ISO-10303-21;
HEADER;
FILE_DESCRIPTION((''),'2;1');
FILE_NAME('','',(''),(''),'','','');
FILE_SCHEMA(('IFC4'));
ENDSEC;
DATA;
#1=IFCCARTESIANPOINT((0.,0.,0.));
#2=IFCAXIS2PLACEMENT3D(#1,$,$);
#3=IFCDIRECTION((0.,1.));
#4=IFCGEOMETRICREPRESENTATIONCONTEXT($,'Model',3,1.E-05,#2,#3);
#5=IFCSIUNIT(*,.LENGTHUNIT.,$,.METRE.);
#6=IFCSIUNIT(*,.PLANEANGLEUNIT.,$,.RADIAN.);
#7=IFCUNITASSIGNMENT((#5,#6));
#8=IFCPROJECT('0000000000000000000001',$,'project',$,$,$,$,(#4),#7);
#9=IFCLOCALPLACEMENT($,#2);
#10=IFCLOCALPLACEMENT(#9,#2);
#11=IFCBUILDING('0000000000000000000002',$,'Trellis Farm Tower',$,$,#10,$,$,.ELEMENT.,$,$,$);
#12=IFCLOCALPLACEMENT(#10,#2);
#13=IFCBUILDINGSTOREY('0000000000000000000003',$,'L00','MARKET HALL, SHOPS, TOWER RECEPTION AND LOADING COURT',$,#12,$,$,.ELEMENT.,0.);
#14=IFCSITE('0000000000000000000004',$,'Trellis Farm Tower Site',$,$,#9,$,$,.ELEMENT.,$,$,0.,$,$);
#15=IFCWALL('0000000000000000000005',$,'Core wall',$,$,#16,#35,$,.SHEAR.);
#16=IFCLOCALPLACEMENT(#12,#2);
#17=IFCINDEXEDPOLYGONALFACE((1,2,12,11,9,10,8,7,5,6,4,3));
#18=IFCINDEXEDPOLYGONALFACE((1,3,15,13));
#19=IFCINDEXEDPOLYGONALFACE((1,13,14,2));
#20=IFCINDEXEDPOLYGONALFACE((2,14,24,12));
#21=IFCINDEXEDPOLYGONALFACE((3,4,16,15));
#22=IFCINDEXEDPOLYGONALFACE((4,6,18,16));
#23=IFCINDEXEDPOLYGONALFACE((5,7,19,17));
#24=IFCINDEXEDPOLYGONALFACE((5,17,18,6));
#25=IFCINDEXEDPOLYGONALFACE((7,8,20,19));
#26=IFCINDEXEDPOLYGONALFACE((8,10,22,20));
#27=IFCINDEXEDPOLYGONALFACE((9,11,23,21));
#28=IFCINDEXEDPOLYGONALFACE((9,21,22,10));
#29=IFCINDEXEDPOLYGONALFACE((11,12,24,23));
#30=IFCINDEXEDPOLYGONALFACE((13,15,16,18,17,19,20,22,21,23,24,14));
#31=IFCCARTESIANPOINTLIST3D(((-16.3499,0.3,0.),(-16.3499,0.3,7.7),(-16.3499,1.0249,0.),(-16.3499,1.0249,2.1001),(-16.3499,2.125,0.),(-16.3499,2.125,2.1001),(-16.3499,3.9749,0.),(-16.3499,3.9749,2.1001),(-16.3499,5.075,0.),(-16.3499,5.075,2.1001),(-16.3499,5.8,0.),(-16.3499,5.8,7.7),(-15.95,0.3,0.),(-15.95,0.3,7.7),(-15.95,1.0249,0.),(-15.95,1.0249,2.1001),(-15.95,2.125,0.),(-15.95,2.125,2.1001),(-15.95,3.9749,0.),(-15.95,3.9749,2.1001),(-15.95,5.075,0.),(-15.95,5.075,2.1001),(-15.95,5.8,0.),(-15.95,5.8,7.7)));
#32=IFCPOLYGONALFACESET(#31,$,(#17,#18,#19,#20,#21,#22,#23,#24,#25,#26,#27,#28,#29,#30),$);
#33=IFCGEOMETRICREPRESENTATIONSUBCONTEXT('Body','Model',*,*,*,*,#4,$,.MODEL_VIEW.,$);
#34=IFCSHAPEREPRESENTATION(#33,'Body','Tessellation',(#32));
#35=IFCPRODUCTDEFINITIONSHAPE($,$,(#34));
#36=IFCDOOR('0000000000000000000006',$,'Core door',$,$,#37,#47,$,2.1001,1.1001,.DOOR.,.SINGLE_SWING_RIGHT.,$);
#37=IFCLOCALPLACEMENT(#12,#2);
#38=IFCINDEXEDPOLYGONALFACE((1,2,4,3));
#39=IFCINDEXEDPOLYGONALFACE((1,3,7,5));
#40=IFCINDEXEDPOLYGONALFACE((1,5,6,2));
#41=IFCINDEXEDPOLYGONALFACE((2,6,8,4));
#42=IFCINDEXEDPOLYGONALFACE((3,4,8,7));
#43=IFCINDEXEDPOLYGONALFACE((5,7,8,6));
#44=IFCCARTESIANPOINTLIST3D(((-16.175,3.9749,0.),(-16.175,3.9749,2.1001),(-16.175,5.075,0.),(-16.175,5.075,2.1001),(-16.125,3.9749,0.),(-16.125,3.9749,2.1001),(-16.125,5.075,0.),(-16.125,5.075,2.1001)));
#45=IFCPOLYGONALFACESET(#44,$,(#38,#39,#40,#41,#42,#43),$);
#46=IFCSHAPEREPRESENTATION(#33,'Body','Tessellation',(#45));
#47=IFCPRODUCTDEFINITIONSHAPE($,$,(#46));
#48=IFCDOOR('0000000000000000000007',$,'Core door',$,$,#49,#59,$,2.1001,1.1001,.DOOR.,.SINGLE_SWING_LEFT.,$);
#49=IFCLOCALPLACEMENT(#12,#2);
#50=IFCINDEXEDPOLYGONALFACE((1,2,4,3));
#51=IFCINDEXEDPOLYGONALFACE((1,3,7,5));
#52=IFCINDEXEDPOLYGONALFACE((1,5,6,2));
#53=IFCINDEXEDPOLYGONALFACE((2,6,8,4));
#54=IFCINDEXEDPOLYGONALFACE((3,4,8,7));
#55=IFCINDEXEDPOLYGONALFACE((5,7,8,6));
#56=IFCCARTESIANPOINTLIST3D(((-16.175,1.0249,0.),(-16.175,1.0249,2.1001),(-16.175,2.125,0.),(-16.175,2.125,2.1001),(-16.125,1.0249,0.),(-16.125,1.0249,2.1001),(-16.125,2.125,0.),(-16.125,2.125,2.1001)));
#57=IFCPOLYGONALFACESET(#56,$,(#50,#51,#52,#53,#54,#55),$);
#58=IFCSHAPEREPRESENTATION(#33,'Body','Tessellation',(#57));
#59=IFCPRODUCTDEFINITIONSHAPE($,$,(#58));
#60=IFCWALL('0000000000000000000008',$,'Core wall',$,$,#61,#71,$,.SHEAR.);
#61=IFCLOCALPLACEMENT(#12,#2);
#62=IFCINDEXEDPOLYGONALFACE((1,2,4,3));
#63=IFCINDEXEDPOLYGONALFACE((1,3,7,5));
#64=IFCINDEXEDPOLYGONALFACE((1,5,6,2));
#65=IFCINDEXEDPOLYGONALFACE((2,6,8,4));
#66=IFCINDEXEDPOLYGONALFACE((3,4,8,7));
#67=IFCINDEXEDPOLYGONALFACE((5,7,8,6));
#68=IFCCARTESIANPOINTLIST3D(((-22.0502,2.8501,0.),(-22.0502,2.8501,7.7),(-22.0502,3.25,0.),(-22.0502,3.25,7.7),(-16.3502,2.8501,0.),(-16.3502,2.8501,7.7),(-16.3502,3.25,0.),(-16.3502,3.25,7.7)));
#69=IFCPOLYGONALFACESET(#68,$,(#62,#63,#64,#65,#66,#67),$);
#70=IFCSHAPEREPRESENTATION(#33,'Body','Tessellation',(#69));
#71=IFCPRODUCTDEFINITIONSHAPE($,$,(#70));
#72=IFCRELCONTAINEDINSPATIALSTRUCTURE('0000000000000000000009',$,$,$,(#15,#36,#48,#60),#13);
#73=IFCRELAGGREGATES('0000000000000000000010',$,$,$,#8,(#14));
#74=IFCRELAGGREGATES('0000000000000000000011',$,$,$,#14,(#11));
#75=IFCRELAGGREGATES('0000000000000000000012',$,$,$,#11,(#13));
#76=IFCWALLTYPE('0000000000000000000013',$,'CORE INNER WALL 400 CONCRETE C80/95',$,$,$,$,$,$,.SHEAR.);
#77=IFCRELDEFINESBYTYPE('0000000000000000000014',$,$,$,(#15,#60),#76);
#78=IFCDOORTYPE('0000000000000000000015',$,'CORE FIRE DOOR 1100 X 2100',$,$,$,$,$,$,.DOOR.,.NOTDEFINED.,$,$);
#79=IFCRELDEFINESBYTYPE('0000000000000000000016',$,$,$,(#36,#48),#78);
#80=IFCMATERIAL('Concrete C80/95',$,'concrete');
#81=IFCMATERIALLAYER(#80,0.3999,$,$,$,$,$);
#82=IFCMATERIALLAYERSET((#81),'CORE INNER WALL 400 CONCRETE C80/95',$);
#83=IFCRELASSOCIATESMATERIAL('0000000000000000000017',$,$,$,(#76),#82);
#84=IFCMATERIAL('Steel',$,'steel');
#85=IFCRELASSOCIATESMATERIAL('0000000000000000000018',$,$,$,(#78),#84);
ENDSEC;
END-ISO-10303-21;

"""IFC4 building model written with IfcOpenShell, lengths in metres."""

from ifc_helpers import new_model, si_unit, direction, frame, frame_2d, origin, place, context, subcontext, project, spatial, rectangle, extrude, source, transform, mapped, material, layer, layer_set, type_object, element, fill, save


model = new_model("IFC4")

# Units and contexts
model_context = context("Model", 3, precision=1e-05, world=origin(), true_north=direction((0.0, 1.0)))
body_context = subcontext(model_context, "Body", "Model", "MODEL_VIEW")
ifc_project = project(units=[si_unit("LENGTHUNIT", "METRE"), si_unit("PLANEANGLEUNIT", "RADIAN")], contexts=[model_context])

# Site, building, storey
site_placement = place(None, origin())
site = spatial("IfcSite", under=ifc_project, at=site_placement, Name="Trellis Farm Tower Site", CompositionType="ELEMENT", RefElevation=0.0)
building_placement = place(site_placement, origin())
building = spatial("IfcBuilding", under=site, at=building_placement, Name="Trellis Farm Tower", CompositionType="ELEMENT")
storey_placement = place(building_placement, origin())
storey = spatial("IfcBuildingStorey", under=building, at=storey_placement, Name="L00", Description="MARKET HALL, SHOPS, TOWER RECEPTION AND LOADING COURT", CompositionType="ELEMENT", Elevation=0.0)

# Shared definitions
ifc_material_1 = material(Name="Concrete C80/95", Category="concrete")
ifc_layer = layer(ifc_material_1, 0.3999)
ifc_layer_set = layer_set([ifc_layer], Name="CORE INNER WALL 400 CONCRETE C80/95")
wall_type = type_object("IfcWallType", Name="CORE INNER WALL 400 CONCRETE C80/95", PredefinedType="SHEAR", material=ifc_layer_set)

# Wall, openings, doors
shared_shape_1 = source(origin(), body_context, "Body", "SweptSolid", [
    extrude(rectangle(XDim=5.5, YDim=0.3999, at=frame_2d((2.75, 0.0))), origin(), (0.0, 0.0, 1.0), 7.7),
])
wall_1_placement = place(storey_placement, frame((-16.1499, 5.8, 0.0), z_axis=(0.0, 0.0, 1.0), x_axis=(0.0, -1.0, 0.0)))
wall_1 = element("IfcWall", 1, at=wall_1_placement, inside=storey, type_object=wall_type, Name="Core wall", PredefinedType="SHEAR", context=body_context, shape_type="MappedRepresentation", body=[
    mapped(shared_shape_1, transform((0.0, 0.0, 0.0))),
])
shared_shape_2 = source(origin(), body_context, "Body", "SweptSolid", [
    extrude(rectangle(XDim=1.1001, YDim=2.1001, at=frame_2d((0.55, 1.05))), frame((0.0, 0.21, 0.0), z_axis=(0.0, -1.0, 0.0), x_axis=(1.0, 0.0, 0.0)), (0.0, 0.0, 1.0), 0.4199),
])
opening_1_placement = place(wall_1_placement, frame((0.7251, 0.0, 0.0)))
opening_1 = element("IfcOpeningElement", 2, at=opening_1_placement, cuts=wall_1, PredefinedType="OPENING", context=body_context, shape_type="MappedRepresentation", body=[
    mapped(shared_shape_2, transform((0.0, 0.0, 0.0))),
])
opening_2_placement = place(wall_1_placement, frame((3.675, 0.0, 0.0)))
opening_2 = element("IfcOpeningElement", 3, at=opening_2_placement, cuts=wall_1, PredefinedType="OPENING", context=body_context, shape_type="MappedRepresentation", body=[
    mapped(shared_shape_2, transform((0.0, 0.0, 0.0))),
])
ifc_material_2 = material(Name="Steel", Category="steel")
door_type = type_object("IfcDoorType", Name="CORE FIRE DOOR 1100 X 2100", OperationType="NOTDEFINED", PredefinedType="DOOR", material=ifc_material_2)
shared_shape_3 = source(origin(), body_context, "Body", "SweptSolid", [
    extrude(rectangle(XDim=1.1001, YDim=2.1001, at=frame_2d((0.55, 1.05))), frame((0.0, 0.0249, 0.0), z_axis=(0.0, -1.0, 0.0), x_axis=(1.0, 0.0, 0.0)), (0.0, 0.0, 1.0), 0.05),
])
door_1_placement = place(opening_1_placement, origin())
door_1 = element("IfcDoor", 4, at=door_1_placement, inside=storey, type_object=door_type, Name="Core door", OperationType="SINGLE_SWING_RIGHT", OverallHeight=2.1001, OverallWidth=1.1001, PredefinedType="DOOR", context=body_context, shape_type="MappedRepresentation", body=[
    mapped(shared_shape_3, transform((0.0, 0.0, 0.0))),
])
fill(opening_1, door_1)
door_2_placement = place(opening_2_placement, origin())
door_2 = element("IfcDoor", 5, at=door_2_placement, inside=storey, type_object=door_type, Name="Core door", OperationType="SINGLE_SWING_LEFT", OverallHeight=2.1001, OverallWidth=1.1001, PredefinedType="DOOR", context=body_context, shape_type="MappedRepresentation", body=[
    mapped(shared_shape_3, transform((0.0, 0.0, 0.0))),
])
fill(opening_2, door_2)

# Wall
shared_shape_4 = source(origin(), body_context, "Body", "SweptSolid", [
    extrude(rectangle(XDim=5.7, YDim=0.3999, at=frame_2d((2.8501, 0.0))), origin(), (0.0, 0.0, 1.0), 7.7),
])
wall_2_placement = place(storey_placement, frame((-16.3501, 3.05, 0.0), z_axis=(0.0, 0.0, 1.0), x_axis=(-1.0, 0.0, 0.0)))
element("IfcWall", 6, at=wall_2_placement, inside=storey, type_object=wall_type, Name="Core wall", PredefinedType="SHEAR", context=body_context, shape_type="MappedRepresentation", body=[
    mapped(shared_shape_4, transform((0.0, 0.0, 0.0))),
])

save(model, "model.ifc")
